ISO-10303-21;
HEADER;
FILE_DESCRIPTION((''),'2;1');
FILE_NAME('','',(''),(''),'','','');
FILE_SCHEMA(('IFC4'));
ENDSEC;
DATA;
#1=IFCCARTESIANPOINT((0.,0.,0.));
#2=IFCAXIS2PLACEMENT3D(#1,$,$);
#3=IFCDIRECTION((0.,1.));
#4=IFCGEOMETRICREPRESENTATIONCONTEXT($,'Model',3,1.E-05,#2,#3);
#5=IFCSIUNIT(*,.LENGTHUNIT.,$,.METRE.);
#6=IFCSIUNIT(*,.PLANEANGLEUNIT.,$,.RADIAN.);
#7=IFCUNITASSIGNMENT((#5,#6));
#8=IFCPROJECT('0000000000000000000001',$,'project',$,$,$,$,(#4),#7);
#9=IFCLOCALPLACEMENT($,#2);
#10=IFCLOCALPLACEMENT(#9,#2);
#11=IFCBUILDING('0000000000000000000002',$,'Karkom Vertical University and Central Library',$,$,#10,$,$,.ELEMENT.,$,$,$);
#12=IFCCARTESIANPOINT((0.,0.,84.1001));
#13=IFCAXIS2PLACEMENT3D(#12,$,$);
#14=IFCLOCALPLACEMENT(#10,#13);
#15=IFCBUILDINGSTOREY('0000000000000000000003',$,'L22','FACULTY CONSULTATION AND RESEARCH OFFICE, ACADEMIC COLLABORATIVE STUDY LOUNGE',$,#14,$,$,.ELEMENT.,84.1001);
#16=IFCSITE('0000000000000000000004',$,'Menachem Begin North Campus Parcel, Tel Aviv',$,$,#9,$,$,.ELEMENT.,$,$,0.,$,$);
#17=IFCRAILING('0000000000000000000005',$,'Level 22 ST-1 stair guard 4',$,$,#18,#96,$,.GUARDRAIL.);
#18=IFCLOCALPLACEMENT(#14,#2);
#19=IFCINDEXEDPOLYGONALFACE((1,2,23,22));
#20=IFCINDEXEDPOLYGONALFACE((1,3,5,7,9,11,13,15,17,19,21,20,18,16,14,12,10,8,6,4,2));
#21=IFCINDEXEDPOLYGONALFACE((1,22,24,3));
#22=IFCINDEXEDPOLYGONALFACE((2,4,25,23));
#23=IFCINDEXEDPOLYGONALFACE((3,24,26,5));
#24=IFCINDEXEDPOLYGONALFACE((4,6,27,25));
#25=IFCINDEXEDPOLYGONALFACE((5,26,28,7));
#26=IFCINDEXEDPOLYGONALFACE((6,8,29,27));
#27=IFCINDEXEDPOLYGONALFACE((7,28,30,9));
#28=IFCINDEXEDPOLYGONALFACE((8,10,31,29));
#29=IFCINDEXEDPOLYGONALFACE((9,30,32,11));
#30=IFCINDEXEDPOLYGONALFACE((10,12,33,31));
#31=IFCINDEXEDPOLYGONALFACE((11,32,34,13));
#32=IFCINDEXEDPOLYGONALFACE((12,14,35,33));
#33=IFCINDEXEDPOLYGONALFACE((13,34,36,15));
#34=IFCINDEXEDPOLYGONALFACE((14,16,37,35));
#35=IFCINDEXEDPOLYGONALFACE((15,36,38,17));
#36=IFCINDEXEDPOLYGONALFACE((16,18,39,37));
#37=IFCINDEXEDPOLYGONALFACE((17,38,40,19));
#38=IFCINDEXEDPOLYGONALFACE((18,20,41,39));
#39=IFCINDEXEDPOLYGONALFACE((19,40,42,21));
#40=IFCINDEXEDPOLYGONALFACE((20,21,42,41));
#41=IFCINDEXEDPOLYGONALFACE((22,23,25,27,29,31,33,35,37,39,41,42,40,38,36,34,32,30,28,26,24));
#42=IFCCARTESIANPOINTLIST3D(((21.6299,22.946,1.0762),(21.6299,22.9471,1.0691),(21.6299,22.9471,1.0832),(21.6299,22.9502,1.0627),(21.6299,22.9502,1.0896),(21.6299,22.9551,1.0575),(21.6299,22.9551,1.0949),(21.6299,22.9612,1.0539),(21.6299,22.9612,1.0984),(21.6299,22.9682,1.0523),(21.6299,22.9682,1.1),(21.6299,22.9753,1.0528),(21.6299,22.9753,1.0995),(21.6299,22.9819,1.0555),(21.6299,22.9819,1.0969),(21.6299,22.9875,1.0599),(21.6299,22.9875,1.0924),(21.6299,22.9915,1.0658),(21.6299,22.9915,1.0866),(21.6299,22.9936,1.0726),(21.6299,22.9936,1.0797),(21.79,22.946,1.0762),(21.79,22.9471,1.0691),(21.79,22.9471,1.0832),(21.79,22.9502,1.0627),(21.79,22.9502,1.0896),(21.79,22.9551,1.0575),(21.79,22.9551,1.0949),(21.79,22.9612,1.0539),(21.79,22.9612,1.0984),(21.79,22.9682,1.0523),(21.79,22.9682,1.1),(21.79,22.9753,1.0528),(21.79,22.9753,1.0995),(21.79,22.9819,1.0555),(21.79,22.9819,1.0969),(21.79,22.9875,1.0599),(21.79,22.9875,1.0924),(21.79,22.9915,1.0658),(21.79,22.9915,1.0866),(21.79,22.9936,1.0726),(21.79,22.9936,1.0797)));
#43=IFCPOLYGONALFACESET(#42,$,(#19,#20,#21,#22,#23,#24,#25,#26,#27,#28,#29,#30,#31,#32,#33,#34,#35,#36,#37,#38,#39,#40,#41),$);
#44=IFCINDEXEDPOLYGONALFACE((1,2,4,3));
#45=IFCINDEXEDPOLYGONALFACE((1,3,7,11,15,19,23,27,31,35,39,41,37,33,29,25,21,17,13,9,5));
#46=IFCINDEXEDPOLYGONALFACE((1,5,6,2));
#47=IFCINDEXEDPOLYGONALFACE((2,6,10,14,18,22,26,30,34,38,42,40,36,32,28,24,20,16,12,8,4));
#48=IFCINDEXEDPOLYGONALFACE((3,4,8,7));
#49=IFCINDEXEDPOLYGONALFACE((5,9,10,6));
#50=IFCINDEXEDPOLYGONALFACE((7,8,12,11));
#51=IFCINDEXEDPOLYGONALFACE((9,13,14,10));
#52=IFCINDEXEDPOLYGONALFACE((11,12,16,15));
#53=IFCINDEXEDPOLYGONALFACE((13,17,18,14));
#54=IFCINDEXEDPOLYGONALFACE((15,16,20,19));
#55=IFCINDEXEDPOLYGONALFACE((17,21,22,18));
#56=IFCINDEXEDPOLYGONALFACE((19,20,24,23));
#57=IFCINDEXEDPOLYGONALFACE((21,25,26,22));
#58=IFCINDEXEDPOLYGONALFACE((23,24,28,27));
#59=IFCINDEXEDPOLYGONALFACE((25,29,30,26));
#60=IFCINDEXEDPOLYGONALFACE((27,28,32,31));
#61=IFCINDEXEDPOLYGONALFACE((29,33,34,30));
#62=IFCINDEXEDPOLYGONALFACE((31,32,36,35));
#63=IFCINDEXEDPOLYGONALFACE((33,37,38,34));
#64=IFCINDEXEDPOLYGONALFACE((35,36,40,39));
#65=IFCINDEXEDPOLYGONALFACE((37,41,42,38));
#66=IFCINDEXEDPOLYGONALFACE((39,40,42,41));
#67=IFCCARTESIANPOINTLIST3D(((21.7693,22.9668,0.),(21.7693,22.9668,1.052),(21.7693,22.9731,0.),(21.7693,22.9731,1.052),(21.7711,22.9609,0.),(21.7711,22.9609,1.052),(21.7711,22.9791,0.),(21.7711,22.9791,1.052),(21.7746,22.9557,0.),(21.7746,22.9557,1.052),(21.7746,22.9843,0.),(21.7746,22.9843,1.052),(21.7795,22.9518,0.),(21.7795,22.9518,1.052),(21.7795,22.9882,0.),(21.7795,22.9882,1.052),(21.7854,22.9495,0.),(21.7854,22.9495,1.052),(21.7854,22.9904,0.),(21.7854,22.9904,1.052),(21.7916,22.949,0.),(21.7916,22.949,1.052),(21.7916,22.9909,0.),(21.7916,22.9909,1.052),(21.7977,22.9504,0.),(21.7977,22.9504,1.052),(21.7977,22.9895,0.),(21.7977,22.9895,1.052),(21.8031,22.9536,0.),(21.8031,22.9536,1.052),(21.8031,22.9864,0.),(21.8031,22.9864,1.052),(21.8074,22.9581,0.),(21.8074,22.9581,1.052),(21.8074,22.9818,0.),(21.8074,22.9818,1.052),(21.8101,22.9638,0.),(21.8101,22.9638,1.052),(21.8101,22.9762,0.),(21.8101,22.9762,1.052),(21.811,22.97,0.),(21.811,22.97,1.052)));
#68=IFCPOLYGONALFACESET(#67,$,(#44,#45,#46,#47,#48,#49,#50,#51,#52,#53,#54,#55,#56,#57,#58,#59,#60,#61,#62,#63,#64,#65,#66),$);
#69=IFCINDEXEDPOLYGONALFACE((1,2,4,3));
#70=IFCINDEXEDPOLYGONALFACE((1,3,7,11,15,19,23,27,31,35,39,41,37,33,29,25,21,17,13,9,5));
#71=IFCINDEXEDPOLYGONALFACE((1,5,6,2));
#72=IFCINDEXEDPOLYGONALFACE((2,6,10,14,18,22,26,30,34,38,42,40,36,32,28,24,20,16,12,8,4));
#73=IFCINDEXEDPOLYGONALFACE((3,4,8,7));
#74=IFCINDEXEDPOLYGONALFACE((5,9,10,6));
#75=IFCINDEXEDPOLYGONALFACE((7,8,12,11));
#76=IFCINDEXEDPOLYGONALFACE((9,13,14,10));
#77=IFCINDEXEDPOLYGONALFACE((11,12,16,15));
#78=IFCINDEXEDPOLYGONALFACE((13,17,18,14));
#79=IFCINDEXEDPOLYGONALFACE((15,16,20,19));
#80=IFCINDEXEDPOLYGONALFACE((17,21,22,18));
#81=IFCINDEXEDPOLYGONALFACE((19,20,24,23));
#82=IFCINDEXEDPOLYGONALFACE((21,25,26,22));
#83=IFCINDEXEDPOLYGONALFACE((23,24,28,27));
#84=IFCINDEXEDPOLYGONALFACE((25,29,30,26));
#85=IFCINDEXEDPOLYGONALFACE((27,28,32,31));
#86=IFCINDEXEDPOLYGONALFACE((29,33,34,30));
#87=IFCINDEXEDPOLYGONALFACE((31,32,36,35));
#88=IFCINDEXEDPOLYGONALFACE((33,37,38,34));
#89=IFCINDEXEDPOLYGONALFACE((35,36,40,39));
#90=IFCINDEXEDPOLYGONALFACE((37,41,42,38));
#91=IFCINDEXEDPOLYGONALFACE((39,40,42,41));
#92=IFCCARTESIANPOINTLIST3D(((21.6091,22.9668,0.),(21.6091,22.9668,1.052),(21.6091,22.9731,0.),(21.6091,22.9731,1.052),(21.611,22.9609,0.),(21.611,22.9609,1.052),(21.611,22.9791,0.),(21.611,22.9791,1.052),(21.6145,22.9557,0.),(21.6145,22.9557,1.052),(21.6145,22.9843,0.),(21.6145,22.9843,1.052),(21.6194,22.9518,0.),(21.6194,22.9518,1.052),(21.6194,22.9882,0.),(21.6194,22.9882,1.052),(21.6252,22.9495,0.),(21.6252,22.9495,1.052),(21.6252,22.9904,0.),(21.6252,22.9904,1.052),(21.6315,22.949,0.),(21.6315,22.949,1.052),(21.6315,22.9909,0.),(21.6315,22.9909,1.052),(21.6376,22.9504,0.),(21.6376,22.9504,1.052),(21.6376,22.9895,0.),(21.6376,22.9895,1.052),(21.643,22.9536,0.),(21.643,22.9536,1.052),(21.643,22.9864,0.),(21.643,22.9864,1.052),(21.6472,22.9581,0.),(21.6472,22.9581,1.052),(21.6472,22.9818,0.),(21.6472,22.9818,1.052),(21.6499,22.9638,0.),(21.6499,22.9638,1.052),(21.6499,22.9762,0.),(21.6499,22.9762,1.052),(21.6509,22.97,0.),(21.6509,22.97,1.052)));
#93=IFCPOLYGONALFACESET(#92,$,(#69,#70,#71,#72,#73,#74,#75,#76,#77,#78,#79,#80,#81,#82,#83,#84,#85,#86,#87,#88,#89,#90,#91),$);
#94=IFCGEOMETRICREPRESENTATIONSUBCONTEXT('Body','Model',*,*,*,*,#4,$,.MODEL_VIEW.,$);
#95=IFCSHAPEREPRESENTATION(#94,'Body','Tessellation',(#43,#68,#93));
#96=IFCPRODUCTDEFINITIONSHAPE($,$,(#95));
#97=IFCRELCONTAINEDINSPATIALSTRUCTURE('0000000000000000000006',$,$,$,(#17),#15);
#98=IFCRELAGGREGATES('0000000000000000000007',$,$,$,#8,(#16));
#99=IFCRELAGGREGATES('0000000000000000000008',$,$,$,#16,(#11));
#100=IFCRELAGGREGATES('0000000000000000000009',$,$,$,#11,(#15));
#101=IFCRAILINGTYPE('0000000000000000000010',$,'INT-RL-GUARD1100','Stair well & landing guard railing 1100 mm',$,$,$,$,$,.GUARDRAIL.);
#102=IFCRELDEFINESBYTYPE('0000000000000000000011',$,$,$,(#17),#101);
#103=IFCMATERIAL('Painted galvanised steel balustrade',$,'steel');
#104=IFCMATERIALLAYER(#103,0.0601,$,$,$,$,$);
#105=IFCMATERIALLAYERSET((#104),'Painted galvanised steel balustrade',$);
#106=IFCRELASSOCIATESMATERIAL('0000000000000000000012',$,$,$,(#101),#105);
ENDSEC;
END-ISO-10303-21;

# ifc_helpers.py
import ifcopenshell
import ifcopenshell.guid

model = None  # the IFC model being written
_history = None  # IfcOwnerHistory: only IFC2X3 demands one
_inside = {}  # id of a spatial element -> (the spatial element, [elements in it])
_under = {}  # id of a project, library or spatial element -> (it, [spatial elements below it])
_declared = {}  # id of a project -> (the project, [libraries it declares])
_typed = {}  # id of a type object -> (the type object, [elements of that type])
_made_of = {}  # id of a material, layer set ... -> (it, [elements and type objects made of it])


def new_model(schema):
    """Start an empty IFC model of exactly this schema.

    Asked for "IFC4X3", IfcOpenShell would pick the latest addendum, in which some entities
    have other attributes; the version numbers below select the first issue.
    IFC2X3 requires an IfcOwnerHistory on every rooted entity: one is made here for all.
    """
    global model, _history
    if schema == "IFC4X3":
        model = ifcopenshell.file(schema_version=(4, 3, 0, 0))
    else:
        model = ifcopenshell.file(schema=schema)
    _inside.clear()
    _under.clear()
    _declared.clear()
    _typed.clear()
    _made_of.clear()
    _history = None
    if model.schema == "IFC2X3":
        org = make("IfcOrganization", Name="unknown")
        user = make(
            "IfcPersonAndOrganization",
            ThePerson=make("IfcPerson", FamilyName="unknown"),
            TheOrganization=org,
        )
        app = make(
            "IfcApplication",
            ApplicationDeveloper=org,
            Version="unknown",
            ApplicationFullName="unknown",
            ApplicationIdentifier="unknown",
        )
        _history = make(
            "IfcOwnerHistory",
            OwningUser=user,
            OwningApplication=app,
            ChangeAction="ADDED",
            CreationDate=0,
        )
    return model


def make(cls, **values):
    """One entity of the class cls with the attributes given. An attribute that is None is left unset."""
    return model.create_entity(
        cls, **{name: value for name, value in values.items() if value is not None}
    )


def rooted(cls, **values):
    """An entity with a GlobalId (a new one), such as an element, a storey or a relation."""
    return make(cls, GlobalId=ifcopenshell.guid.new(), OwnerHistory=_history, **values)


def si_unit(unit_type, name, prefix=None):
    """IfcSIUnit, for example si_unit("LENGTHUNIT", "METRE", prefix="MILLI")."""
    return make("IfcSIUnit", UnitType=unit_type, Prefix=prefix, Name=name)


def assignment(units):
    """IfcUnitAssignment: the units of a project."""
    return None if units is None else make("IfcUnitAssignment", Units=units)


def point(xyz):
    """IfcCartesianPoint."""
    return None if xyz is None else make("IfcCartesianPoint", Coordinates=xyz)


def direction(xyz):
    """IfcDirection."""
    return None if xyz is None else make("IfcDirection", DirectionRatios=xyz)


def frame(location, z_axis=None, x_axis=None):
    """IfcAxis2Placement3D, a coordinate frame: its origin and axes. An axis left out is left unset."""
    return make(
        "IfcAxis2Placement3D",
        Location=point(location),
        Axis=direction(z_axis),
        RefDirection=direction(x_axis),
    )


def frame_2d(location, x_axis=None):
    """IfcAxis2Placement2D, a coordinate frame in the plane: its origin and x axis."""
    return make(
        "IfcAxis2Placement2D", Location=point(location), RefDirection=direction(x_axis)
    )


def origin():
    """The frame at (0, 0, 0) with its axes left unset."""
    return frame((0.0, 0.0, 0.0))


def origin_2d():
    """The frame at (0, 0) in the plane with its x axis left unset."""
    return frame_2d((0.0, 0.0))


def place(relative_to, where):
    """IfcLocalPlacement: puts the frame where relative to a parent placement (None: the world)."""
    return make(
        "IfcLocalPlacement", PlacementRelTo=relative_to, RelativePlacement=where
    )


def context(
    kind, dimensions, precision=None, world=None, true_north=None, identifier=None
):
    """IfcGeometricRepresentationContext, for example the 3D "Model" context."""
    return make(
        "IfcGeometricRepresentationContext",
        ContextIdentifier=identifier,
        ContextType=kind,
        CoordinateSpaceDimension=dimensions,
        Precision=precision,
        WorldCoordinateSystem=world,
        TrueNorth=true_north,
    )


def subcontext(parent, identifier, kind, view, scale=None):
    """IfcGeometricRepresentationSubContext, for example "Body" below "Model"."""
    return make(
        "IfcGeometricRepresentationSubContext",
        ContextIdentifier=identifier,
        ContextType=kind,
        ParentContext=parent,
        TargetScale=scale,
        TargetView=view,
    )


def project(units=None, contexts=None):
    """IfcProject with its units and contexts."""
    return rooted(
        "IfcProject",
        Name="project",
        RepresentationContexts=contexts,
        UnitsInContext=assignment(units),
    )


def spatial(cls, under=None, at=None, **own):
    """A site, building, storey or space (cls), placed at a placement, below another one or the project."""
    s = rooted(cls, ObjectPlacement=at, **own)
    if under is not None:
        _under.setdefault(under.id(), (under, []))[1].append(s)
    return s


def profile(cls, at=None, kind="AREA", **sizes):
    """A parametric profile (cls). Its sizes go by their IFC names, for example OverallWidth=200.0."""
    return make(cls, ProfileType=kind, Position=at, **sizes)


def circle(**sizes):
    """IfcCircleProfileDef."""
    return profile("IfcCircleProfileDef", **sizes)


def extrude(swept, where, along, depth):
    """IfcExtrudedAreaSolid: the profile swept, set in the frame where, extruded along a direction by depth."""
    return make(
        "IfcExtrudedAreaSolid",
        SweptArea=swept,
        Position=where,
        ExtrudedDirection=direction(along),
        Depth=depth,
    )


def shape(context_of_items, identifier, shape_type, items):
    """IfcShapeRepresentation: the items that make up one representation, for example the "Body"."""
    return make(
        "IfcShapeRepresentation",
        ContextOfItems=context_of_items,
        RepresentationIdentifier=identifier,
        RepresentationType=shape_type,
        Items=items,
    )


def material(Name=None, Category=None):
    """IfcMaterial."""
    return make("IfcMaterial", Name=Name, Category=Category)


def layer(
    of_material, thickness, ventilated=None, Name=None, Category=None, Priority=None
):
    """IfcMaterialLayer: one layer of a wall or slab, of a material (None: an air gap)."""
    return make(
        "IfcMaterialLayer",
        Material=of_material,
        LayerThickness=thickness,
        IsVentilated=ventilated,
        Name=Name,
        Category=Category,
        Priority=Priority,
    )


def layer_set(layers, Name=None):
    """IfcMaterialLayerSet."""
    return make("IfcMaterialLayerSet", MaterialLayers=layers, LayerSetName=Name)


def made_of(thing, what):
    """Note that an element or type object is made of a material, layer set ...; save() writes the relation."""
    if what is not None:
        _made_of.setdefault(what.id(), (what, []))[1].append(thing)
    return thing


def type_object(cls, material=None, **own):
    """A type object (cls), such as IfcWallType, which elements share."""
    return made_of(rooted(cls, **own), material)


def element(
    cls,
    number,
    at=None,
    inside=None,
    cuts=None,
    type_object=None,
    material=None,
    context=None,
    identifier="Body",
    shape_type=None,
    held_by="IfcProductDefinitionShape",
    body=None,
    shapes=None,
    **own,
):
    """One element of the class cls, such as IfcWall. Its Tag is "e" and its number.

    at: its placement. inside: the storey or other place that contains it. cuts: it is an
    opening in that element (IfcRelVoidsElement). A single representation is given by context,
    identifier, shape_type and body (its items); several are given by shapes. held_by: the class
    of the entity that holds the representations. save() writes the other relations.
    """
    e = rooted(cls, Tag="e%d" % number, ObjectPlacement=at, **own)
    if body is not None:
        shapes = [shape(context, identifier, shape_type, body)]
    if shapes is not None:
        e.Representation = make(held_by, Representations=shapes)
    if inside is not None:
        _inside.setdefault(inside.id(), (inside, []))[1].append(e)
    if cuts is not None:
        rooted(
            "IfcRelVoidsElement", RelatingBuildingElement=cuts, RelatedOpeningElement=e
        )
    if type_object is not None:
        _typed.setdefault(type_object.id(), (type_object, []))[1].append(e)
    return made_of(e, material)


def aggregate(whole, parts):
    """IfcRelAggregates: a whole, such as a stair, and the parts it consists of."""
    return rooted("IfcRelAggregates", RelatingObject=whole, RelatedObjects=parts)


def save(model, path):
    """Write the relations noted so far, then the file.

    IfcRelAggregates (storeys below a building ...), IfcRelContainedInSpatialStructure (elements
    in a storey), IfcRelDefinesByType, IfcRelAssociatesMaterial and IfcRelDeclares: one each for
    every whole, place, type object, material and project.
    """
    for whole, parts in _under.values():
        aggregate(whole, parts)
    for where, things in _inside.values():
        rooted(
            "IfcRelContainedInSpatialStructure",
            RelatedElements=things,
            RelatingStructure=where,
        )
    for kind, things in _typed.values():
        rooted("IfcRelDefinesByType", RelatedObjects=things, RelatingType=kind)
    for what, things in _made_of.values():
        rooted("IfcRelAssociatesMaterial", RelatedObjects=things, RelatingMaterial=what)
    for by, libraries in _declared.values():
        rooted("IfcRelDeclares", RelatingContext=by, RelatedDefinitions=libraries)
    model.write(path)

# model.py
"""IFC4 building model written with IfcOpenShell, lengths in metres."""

from ifc_helpers import new_model, si_unit, direction, frame, origin, origin_2d, place, context, subcontext, project, spatial, circle, extrude, material, layer, layer_set, type_object, element, save


model = new_model("IFC4")

# Units and contexts
model_context = context("Model", 3, precision=1e-05, world=origin(), true_north=direction((0.0, 1.0)))
body_context = subcontext(model_context, "Body", "Model", "MODEL_VIEW")
ifc_project = project(units=[si_unit("LENGTHUNIT", "METRE"), si_unit("PLANEANGLEUNIT", "RADIAN")], contexts=[model_context])

# Site, building, storey
site_placement = place(None, origin())
site = spatial("IfcSite", under=ifc_project, at=site_placement, Name="Menachem Begin North Campus Parcel, Tel Aviv", CompositionType="ELEMENT", RefElevation=0.0)
building_placement = place(site_placement, origin())
building = spatial("IfcBuilding", under=site, at=building_placement, Name="Karkom Vertical University and Central Library", CompositionType="ELEMENT")
storey_placement = place(building_placement, frame((0.0, 0.0, 84.1001)))
storey = spatial("IfcBuildingStorey", under=building, at=storey_placement, Name="L22", Description="FACULTY CONSULTATION AND RESEARCH OFFICE, ACADEMIC COLLABORATIVE STUDY LOUNGE", CompositionType="ELEMENT", Elevation=84.1001)

# Railing
ifc_material_1 = material(Name="Painted galvanised steel balustrade", Category="steel")
ifc_layer_1 = layer(ifc_material_1, 0.0601)
ifc_layer_set_1 = layer_set([ifc_layer_1], Name="Painted galvanised steel balustrade")
railing_type_1 = type_object("IfcRailingType", Name="INT-RL-GUARD1100", Description="Stair well & landing guard railing 1100 mm", PredefinedType="GUARDRAIL", material=ifc_layer_set_1)
railing_1_placement = place(storey_placement, frame((21.79, 22.97, 0.0)))
element("IfcRailing", 1, at=railing_1_placement, inside=storey, type_object=railing_type_1, Name="Level 22 ST-1 stair guard 4", PredefinedType="GUARDRAIL", context=body_context, shape_type="SweptSolid", body=[
    extrude(circle(Radius=0.0239, at=origin_2d()), frame((0.0, 0.0, 1.0762), z_axis=(-1.0, 0.0, 0.0), x_axis=(0.0, -1.0, 0.0)), (0.0, 0.0, 1.0), 0.1602),
    extrude(circle(Radius=0.021, at=origin_2d()), origin(), (0.0, 0.0, 1.0), 1.052),
    extrude(circle(Radius=0.021, at=origin_2d()), frame((-0.1602, 0.0, 0.0)), (0.0, 0.0, 1.0), 1.052),
])

save(model, "model.ifc")
